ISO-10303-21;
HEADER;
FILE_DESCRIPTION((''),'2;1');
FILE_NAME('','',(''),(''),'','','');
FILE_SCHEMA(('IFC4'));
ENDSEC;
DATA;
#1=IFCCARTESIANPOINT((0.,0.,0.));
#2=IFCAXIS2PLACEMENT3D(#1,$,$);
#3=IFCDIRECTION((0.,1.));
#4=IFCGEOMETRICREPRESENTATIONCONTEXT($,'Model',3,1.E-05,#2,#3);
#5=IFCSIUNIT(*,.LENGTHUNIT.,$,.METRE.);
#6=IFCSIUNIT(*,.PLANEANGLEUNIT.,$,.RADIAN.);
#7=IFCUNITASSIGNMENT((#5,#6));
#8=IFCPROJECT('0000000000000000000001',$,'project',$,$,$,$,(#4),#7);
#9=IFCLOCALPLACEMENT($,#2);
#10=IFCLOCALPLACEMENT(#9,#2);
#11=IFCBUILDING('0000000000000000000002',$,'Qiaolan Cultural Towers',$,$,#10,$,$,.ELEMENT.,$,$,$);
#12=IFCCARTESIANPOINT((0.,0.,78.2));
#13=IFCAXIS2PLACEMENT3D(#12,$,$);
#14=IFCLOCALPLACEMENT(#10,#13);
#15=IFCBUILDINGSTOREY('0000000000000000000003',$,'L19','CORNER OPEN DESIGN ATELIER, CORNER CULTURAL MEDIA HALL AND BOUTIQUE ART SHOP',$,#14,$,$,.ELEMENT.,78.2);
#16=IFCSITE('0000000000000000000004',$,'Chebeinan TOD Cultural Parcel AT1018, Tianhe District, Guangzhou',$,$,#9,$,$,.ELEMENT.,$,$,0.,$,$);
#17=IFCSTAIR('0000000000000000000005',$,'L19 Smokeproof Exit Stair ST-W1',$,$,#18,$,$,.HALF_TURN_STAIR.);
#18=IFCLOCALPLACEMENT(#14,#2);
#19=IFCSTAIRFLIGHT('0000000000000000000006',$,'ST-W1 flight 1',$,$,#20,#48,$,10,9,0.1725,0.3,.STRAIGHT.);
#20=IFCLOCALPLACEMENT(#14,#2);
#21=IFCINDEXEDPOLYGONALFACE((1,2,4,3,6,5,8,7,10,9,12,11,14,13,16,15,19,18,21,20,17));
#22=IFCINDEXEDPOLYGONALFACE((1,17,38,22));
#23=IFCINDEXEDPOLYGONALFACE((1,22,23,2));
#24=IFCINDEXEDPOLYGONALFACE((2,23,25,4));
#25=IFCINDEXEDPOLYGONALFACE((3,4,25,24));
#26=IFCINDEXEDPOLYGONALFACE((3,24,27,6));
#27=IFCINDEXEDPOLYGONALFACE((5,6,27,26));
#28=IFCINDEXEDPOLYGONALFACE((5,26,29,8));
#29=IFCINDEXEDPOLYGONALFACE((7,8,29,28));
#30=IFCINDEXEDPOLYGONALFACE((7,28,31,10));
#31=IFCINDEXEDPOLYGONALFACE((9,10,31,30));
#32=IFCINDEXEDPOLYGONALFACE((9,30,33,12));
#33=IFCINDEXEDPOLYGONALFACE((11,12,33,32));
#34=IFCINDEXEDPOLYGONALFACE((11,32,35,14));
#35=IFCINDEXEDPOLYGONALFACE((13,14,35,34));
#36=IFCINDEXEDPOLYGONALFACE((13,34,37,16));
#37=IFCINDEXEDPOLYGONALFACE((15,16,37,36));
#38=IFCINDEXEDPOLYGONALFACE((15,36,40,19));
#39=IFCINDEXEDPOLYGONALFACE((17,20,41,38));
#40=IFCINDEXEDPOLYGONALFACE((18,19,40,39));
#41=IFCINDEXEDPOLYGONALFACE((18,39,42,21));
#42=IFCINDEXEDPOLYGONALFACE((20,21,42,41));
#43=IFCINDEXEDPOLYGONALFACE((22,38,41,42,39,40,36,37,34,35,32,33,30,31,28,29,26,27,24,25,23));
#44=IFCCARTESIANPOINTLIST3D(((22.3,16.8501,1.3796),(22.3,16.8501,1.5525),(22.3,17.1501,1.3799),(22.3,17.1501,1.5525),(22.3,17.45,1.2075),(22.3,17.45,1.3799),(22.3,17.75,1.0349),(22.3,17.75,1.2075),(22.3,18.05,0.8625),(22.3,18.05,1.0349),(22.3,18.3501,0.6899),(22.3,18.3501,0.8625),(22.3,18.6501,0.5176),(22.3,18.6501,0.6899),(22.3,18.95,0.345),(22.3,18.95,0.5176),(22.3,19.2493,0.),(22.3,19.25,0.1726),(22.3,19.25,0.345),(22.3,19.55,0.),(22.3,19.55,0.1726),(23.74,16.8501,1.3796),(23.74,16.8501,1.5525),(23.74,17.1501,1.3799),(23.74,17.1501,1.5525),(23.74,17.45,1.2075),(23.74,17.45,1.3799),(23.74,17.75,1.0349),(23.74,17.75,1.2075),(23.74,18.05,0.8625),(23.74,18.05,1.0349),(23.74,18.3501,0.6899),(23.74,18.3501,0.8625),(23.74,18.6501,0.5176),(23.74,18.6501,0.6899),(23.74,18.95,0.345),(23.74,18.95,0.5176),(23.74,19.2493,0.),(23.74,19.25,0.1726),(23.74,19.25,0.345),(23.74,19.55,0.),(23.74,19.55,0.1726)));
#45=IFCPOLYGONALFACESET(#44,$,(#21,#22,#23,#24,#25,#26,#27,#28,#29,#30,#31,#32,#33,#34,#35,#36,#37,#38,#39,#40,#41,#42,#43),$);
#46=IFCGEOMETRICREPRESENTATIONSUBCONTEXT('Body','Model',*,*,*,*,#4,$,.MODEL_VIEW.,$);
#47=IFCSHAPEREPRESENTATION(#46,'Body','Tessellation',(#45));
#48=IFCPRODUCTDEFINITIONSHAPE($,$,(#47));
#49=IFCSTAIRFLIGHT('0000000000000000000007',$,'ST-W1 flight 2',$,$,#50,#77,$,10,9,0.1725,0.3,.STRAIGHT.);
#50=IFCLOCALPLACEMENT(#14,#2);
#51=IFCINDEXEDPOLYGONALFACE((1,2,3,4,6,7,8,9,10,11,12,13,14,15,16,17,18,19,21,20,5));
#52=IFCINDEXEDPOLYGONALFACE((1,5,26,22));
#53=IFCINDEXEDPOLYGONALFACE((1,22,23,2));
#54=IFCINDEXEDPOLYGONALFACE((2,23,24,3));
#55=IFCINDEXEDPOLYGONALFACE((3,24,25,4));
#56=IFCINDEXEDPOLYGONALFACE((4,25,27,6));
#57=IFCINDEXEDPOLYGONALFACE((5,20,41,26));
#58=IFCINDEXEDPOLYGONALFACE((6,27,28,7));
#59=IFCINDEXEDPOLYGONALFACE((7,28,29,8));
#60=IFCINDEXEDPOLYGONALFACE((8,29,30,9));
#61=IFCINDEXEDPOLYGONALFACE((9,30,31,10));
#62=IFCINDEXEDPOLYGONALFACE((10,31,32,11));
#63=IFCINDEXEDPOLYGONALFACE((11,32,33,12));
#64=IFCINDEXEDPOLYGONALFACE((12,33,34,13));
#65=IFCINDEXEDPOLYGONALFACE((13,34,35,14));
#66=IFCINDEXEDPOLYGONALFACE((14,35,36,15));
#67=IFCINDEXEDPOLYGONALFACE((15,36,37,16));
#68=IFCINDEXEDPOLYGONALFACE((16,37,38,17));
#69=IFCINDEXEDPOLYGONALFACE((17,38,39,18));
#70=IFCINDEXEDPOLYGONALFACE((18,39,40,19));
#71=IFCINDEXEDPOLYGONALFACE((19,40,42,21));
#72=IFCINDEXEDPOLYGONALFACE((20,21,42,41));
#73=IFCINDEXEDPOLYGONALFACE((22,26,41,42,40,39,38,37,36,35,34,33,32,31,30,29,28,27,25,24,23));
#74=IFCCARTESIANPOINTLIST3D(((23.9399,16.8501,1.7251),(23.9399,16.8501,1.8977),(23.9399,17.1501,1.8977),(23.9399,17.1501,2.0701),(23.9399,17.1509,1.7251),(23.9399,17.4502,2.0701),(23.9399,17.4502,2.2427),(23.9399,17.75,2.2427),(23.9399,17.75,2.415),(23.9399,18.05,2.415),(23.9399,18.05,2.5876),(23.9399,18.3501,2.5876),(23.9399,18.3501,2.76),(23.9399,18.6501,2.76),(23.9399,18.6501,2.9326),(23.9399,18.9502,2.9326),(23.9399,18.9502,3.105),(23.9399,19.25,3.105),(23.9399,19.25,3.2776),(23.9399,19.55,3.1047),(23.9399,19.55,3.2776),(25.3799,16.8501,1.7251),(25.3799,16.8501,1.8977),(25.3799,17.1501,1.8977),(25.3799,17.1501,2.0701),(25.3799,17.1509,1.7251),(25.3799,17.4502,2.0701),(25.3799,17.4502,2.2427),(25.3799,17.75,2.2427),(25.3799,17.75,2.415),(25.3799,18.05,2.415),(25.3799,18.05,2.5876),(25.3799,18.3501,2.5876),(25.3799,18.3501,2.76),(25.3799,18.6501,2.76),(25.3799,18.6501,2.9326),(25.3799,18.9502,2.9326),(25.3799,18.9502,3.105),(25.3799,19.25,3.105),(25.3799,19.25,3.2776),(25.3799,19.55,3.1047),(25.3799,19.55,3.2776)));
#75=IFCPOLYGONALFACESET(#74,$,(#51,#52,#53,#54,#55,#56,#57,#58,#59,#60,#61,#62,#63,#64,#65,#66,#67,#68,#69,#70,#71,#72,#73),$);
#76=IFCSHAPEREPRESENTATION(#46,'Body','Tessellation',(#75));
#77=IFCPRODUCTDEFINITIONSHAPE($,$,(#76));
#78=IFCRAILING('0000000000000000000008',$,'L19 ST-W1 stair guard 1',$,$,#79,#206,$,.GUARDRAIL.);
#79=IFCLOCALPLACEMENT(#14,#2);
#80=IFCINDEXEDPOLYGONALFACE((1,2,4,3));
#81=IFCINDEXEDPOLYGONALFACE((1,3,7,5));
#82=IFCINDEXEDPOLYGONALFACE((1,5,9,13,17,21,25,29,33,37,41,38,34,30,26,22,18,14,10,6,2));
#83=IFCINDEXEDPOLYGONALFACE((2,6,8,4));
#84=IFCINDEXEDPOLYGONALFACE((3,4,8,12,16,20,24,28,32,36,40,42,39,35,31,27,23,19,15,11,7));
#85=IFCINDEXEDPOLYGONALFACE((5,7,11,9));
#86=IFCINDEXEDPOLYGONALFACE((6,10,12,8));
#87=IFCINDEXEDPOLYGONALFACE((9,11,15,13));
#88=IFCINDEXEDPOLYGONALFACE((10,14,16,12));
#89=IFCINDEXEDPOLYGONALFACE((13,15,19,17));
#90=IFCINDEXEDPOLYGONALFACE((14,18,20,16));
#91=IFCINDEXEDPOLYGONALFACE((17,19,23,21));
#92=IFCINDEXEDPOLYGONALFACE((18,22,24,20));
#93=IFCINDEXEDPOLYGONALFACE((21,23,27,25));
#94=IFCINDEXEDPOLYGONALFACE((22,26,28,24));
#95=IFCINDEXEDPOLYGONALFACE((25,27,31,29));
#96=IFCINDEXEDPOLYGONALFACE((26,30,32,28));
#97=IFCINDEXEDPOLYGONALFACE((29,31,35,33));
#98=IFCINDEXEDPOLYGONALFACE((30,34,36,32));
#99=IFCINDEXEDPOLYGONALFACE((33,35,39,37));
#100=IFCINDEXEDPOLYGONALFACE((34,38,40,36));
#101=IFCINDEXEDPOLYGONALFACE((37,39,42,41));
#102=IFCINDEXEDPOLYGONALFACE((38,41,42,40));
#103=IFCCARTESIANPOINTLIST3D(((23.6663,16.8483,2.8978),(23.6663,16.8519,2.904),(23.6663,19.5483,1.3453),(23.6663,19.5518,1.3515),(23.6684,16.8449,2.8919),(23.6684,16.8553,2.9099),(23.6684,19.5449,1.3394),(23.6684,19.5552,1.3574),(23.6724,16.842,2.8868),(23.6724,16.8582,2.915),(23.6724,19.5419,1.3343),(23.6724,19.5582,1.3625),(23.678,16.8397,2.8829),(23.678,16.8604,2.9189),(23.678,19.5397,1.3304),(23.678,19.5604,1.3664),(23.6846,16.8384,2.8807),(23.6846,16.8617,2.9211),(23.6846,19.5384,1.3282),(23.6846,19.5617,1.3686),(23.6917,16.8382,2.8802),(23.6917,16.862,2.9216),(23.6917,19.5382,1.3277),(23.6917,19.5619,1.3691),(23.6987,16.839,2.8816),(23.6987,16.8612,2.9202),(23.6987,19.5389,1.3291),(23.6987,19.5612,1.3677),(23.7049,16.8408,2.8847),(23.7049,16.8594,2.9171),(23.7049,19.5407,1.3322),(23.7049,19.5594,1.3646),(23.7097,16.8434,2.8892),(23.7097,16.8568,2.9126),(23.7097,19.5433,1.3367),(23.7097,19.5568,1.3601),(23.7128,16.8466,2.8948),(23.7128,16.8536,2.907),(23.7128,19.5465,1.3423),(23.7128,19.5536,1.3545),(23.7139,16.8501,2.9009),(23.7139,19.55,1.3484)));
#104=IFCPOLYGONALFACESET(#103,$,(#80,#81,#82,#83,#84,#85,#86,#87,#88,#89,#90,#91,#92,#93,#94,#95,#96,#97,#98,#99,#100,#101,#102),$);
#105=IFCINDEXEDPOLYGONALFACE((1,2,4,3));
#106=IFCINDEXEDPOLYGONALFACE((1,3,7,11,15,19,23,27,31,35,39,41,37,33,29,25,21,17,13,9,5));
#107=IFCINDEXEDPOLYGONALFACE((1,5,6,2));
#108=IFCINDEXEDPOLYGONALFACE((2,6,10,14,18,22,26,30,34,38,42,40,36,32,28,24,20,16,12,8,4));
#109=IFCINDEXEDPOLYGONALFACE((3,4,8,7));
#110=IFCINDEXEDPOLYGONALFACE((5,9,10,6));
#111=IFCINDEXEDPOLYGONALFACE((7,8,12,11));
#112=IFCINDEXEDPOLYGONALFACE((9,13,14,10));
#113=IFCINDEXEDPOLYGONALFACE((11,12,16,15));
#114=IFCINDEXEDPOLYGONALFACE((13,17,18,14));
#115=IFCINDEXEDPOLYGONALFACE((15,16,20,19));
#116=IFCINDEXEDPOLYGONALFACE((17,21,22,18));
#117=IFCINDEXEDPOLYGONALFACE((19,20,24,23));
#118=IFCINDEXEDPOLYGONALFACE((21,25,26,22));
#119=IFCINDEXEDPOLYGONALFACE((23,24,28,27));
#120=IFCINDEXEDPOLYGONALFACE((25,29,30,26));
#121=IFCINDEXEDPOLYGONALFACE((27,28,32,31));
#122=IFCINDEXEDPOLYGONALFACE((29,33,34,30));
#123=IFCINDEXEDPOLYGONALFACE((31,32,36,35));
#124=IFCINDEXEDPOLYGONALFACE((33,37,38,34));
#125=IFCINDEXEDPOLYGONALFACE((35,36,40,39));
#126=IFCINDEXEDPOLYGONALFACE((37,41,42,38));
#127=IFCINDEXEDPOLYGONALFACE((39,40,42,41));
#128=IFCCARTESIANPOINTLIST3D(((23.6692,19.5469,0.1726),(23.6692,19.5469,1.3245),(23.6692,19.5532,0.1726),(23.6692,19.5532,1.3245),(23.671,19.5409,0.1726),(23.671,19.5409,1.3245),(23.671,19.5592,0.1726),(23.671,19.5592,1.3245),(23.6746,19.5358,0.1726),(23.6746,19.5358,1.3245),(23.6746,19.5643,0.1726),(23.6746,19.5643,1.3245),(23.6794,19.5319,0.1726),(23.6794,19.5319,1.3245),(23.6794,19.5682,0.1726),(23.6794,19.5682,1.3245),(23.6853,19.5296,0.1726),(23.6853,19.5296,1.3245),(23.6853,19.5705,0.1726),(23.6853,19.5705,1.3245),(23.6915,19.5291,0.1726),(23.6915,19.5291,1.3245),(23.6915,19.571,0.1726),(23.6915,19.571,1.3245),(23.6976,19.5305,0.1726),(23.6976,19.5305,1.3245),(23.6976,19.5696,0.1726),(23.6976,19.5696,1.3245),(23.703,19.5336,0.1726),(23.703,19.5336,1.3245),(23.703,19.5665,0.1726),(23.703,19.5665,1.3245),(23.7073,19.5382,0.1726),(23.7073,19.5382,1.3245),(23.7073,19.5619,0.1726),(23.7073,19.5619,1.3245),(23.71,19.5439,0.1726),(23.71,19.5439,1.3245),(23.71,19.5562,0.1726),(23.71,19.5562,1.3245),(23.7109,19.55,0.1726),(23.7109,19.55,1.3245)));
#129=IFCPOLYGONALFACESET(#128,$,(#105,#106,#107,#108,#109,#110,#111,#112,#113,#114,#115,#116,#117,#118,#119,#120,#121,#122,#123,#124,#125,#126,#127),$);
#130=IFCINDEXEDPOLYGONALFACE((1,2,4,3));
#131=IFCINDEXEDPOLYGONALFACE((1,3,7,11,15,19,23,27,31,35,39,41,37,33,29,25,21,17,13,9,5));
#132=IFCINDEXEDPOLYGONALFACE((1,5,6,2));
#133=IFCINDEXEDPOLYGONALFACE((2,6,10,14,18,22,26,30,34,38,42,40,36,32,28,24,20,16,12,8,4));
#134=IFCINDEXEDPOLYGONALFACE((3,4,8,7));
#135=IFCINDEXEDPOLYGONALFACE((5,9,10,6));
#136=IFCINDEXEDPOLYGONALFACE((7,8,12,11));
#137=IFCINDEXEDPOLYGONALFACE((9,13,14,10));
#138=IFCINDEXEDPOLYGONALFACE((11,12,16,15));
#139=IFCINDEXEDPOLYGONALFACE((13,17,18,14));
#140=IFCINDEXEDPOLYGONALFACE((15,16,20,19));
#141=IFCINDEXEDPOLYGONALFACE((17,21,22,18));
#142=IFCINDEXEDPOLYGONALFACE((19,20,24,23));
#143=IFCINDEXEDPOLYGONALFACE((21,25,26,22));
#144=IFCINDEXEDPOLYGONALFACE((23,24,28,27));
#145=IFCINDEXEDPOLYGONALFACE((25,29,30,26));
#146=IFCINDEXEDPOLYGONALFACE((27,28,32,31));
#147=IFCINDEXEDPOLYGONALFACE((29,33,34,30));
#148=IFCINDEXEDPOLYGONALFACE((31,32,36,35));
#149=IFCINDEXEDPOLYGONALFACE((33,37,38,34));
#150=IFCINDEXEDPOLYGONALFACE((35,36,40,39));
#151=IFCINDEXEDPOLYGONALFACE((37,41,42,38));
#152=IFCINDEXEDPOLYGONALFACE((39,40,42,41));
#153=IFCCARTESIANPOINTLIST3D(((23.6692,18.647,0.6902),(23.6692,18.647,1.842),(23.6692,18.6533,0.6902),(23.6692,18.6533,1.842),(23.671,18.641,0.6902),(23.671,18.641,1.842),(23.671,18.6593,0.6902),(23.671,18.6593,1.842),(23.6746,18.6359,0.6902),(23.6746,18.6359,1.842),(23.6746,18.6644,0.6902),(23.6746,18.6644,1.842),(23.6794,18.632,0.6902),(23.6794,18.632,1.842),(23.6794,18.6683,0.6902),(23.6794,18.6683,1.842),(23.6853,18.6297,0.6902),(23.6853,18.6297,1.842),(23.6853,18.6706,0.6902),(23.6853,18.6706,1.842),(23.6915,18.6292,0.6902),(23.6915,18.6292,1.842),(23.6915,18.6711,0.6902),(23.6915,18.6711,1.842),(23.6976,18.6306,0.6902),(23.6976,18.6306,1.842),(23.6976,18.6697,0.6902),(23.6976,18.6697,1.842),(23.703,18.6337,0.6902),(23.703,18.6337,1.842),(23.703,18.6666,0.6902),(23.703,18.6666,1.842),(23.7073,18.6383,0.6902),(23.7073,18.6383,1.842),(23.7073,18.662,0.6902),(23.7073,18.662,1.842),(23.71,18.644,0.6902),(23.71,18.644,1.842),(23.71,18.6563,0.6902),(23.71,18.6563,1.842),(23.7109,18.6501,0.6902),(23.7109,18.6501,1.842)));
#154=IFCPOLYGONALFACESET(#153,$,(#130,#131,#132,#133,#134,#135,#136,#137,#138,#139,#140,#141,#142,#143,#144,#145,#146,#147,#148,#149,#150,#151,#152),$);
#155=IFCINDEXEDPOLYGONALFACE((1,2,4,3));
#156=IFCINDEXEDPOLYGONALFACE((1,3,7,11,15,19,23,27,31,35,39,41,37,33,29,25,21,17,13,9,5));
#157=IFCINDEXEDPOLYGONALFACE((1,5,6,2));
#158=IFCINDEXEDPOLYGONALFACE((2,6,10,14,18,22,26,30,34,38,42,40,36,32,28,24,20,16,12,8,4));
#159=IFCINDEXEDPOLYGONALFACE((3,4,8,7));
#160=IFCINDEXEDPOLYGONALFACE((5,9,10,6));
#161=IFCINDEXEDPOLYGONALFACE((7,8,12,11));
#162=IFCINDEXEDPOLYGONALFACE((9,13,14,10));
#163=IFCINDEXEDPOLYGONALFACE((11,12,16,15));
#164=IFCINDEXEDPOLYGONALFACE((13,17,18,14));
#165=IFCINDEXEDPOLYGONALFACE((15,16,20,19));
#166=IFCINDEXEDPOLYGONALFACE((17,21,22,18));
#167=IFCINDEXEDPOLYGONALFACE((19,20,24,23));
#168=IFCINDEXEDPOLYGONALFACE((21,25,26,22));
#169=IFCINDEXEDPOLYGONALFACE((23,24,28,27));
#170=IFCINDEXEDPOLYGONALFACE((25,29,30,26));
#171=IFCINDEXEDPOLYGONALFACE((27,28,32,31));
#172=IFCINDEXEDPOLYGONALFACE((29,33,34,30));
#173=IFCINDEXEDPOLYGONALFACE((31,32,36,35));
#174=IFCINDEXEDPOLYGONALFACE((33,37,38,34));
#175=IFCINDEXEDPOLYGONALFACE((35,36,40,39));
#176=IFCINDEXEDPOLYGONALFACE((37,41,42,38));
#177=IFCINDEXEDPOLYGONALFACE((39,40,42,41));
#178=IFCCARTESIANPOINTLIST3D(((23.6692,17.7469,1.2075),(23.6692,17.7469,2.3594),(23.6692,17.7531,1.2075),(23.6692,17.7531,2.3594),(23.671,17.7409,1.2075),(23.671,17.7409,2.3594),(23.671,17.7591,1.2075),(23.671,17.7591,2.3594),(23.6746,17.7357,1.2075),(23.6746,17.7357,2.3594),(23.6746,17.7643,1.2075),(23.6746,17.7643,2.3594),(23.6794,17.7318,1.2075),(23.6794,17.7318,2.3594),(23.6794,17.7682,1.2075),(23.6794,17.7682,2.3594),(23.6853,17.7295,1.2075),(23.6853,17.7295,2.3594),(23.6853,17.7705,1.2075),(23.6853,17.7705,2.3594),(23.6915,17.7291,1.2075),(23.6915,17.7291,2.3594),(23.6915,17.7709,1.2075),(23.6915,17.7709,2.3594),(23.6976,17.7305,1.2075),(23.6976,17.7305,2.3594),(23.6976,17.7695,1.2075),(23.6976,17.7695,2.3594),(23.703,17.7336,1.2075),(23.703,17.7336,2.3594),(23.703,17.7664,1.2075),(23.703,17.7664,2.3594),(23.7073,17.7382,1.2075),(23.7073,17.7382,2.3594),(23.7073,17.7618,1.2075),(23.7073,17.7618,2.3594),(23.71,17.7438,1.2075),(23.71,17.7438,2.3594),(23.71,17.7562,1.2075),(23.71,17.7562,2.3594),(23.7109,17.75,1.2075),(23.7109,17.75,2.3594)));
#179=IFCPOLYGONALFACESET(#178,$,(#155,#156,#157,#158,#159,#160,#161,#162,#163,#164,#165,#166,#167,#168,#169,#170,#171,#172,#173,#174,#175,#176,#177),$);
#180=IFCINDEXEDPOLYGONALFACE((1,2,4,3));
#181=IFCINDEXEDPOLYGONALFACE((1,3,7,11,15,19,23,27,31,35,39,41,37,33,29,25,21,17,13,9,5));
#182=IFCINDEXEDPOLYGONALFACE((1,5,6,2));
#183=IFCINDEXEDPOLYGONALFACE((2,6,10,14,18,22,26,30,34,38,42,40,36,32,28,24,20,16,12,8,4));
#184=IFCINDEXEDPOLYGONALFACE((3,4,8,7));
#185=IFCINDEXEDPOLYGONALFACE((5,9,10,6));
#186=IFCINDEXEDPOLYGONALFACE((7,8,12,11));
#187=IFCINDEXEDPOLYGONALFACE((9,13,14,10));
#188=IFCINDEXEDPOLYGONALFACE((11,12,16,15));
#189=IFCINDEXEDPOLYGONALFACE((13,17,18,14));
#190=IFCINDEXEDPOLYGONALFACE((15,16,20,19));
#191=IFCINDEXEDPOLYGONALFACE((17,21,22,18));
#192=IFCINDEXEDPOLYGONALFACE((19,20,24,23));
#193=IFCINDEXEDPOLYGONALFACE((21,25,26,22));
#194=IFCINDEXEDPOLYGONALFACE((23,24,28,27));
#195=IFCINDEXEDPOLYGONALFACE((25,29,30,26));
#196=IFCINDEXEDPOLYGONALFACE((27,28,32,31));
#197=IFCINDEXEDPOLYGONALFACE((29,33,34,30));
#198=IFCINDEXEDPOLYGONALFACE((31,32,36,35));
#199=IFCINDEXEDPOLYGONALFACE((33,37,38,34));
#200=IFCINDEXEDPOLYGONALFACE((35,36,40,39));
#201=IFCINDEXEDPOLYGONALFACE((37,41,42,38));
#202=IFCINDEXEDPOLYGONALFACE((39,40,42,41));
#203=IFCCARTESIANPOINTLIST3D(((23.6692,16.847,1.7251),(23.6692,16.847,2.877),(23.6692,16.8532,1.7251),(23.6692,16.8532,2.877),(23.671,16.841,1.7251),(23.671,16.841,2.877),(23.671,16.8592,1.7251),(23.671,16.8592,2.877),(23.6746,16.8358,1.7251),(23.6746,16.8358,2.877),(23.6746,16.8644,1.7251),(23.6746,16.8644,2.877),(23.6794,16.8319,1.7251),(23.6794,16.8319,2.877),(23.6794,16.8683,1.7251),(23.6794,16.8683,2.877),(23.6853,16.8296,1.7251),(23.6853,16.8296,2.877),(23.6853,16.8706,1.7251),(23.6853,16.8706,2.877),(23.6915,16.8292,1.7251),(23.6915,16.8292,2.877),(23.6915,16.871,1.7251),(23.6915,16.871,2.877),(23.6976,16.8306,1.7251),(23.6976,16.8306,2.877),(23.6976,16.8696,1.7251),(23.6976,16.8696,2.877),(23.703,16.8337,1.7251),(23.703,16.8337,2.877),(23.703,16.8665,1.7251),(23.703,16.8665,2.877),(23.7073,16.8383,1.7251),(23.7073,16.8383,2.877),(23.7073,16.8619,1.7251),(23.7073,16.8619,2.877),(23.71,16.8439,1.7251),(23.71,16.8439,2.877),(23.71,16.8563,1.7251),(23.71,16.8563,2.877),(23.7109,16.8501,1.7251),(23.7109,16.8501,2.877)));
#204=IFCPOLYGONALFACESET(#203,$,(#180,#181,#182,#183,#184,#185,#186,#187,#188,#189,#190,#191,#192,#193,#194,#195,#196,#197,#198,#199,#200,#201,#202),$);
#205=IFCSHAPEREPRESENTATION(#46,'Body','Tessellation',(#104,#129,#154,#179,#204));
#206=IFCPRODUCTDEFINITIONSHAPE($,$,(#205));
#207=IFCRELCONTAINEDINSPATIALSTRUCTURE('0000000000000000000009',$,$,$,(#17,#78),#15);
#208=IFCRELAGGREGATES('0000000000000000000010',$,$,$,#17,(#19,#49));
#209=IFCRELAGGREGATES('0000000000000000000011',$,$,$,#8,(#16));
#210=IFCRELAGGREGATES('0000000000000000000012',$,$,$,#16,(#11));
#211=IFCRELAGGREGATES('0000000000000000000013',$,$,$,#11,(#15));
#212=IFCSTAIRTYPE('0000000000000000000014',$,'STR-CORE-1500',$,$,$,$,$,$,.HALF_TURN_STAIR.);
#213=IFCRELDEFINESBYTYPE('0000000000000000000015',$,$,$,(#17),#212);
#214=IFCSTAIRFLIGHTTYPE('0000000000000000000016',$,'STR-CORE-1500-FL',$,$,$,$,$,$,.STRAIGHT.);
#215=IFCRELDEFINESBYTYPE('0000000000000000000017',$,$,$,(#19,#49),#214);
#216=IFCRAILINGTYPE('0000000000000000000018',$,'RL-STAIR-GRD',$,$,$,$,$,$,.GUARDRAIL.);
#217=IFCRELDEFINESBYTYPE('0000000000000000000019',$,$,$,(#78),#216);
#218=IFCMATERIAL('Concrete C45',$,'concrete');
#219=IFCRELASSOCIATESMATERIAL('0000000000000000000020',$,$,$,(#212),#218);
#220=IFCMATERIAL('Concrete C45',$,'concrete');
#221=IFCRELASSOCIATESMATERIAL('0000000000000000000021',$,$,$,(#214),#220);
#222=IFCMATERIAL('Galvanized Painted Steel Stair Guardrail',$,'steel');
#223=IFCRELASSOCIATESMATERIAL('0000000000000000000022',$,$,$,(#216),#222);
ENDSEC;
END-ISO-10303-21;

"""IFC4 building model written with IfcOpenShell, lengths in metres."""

from ifc_helpers import new_model, si_unit, direction, frame, origin, origin_2d, place, context, subcontext, project, spatial, polyline, circle, outline, extrude, material, type_object, element, aggregate, save


model = new_model("IFC4")

# Units and contexts
model_context = context("Model", 3, precision=1e-05, world=origin(), true_north=direction((0.0, 1.0)))
body_context = subcontext(model_context, "Body", "Model", "MODEL_VIEW")
ifc_project = project(units=[si_unit("LENGTHUNIT", "METRE"), si_unit("PLANEANGLEUNIT", "RADIAN")], contexts=[model_context])

# Site, building, storey
site_placement = place(None, origin())
site = spatial("IfcSite", under=ifc_project, at=site_placement, Name="Chebeinan TOD Cultural Parcel AT1018, Tianhe District, Guangzhou", CompositionType="ELEMENT", RefElevation=0.0)
building_placement = place(site_placement, origin())
building = spatial("IfcBuilding", under=site, at=building_placement, Name="Qiaolan Cultural Towers", CompositionType="ELEMENT")
storey_placement = place(building_placement, frame((0.0, 0.0, 78.2)))
storey = spatial("IfcBuildingStorey", under=building, at=storey_placement, Name="L19", Description="CORNER OPEN DESIGN ATELIER, CORNER CULTURAL MEDIA HALL AND BOUTIQUE ART SHOP", CompositionType="ELEMENT", Elevation=78.2)

# Stair, stair flights
ifc_material_1 = material(Name="Concrete C45", Category="concrete")
stair_type = type_object("IfcStairType", Name="STR-CORE-1500", PredefinedType="HALF_TURN_STAIR", material=ifc_material_1)
stair_placement = place(storey_placement, origin())
stair = element("IfcStair", 1, at=stair_placement, inside=storey, type_object=stair_type, Name="L19 Smokeproof Exit Stair ST-W1", PredefinedType="HALF_TURN_STAIR")
ifc_material_2 = material(Name="Concrete C45", Category="concrete")
stair_flight_type = type_object("IfcStairFlightType", Name="STR-CORE-1500-FL", PredefinedType="STRAIGHT", material=ifc_material_2)
stair_flight_1_placement = place(storey_placement, frame((23.02, 19.55, 0.0), z_axis=(0.0, 0.0, 1.0), x_axis=(0.0, -1.0, 0.0)))
stair_flight_1 = element("IfcStairFlight", 2, at=stair_flight_1_placement, type_object=stair_flight_type, Name="ST-W1 flight 1", NumberOfRisers=10, NumberOfTreads=9, PredefinedType="STRAIGHT", RiserHeight=0.1725, TreadLength=0.3, context=body_context, shape_type="SweptSolid", body=[
    extrude(outline(polyline([(0.0, 0.0), (0.0, 0.1726), (0.3, 0.1726), (0.3, 0.345), (0.6001, 0.345), (0.6001, 0.5176), (0.8999, 0.5176), (0.8999, 0.6899), (1.2, 0.6899), (1.2, 0.8625), (1.5, 0.8625), (1.5, 1.0349), (1.8, 1.0349), (1.8, 1.2075), (2.1001, 1.2075), (2.1001, 1.3799), (2.3999, 1.3799), (2.3999, 1.5525), (2.7, 1.5525), (2.7, 1.7251), (2.7, 1.3796), (0.3008, 0.0), (0.0, 0.0)])), frame((0.0, 0.72, 0.0), z_axis=(0.0, -1.0, 0.0), x_axis=(1.0, 0.0, 0.0)), (0.0, 0.0, 1.0), 1.4399),
])
stair_flight_2_placement = place(storey_placement, frame((24.6599, 16.8501, 1.7251), z_axis=(0.0, 0.0, 1.0), x_axis=(0.0, 1.0, 0.0)))
stair_flight_2 = element("IfcStairFlight", 3, at=stair_flight_2_placement, type_object=stair_flight_type, Name="ST-W1 flight 2", NumberOfRisers=10, NumberOfTreads=9, PredefinedType="STRAIGHT", RiserHeight=0.1725, TreadLength=0.3, context=body_context, shape_type="SweptSolid", body=[
    extrude(outline(polyline([(0.0, 0.0), (0.0, 0.1726), (0.3, 0.1726), (0.3, 0.345), (0.6001, 0.345), (0.6001, 0.5176), (0.8999, 0.5176), (0.8999, 0.6899), (1.2, 0.6899), (1.2, 0.8625), (1.5, 0.8625), (1.5, 1.0349), (1.8, 1.0349), (1.8, 1.2075), (2.1001, 1.2075), (2.1001, 1.3799), (2.3999, 1.3799), (2.3999, 1.5525), (2.7, 1.5525), (2.7, 1.7251), (2.7, 1.3796), (0.3008, 0.0), (0.0, 0.0)])), frame((0.0, 0.72, 0.0), z_axis=(0.0, -1.0, 0.0), x_axis=(1.0, 0.0, 0.0)), (0.0, 0.0, 1.0), 1.4399),
])
aggregate(stair, [stair_flight_1, stair_flight_2])

# Railing
ifc_material_3 = material(Name="Galvanized Painted Steel Stair Guardrail", Category="steel")
railing_type_1 = type_object("IfcRailingType", Name="RL-STAIR-GRD", PredefinedType="GUARDRAIL", material=ifc_material_3)
railing_1_placement = place(storey_placement, frame((23.6899, 19.55, 0.1726)))
element("IfcRailing", 4, at=railing_1_placement, inside=storey, type_object=railing_type_1, Name="L19 ST-W1 stair guard 1", PredefinedType="GUARDRAIL", context=body_context, shape_type="SweptSolid", body=[
    extrude(circle(Radius=0.0239, at=origin_2d()), frame((0.0, 0.0, 1.1758), z_axis=(0.0, -0.866904, 0.498476), x_axis=(1.0, 0.0, 0.0)), (0.0, 0.0, 1.0), 3.1145),
    extrude(circle(Radius=0.021, at=origin_2d()), origin(), (0.0, 0.0, 1.0), 1.1519),
    extrude(circle(Radius=0.021, at=origin_2d()), frame((0.0, -0.8999, 0.5176)), (0.0, 0.0, 1.0), 1.1519),
    extrude(circle(Radius=0.021, at=origin_2d()), frame((0.0, -1.8, 1.0349)), (0.0, 0.0, 1.0), 1.1519),
    extrude(circle(Radius=0.021, at=origin_2d()), frame((0.0, -2.7, 1.5525)), (0.0, 0.0, 1.0), 1.1519),
])

save(model, "model.ifc")
